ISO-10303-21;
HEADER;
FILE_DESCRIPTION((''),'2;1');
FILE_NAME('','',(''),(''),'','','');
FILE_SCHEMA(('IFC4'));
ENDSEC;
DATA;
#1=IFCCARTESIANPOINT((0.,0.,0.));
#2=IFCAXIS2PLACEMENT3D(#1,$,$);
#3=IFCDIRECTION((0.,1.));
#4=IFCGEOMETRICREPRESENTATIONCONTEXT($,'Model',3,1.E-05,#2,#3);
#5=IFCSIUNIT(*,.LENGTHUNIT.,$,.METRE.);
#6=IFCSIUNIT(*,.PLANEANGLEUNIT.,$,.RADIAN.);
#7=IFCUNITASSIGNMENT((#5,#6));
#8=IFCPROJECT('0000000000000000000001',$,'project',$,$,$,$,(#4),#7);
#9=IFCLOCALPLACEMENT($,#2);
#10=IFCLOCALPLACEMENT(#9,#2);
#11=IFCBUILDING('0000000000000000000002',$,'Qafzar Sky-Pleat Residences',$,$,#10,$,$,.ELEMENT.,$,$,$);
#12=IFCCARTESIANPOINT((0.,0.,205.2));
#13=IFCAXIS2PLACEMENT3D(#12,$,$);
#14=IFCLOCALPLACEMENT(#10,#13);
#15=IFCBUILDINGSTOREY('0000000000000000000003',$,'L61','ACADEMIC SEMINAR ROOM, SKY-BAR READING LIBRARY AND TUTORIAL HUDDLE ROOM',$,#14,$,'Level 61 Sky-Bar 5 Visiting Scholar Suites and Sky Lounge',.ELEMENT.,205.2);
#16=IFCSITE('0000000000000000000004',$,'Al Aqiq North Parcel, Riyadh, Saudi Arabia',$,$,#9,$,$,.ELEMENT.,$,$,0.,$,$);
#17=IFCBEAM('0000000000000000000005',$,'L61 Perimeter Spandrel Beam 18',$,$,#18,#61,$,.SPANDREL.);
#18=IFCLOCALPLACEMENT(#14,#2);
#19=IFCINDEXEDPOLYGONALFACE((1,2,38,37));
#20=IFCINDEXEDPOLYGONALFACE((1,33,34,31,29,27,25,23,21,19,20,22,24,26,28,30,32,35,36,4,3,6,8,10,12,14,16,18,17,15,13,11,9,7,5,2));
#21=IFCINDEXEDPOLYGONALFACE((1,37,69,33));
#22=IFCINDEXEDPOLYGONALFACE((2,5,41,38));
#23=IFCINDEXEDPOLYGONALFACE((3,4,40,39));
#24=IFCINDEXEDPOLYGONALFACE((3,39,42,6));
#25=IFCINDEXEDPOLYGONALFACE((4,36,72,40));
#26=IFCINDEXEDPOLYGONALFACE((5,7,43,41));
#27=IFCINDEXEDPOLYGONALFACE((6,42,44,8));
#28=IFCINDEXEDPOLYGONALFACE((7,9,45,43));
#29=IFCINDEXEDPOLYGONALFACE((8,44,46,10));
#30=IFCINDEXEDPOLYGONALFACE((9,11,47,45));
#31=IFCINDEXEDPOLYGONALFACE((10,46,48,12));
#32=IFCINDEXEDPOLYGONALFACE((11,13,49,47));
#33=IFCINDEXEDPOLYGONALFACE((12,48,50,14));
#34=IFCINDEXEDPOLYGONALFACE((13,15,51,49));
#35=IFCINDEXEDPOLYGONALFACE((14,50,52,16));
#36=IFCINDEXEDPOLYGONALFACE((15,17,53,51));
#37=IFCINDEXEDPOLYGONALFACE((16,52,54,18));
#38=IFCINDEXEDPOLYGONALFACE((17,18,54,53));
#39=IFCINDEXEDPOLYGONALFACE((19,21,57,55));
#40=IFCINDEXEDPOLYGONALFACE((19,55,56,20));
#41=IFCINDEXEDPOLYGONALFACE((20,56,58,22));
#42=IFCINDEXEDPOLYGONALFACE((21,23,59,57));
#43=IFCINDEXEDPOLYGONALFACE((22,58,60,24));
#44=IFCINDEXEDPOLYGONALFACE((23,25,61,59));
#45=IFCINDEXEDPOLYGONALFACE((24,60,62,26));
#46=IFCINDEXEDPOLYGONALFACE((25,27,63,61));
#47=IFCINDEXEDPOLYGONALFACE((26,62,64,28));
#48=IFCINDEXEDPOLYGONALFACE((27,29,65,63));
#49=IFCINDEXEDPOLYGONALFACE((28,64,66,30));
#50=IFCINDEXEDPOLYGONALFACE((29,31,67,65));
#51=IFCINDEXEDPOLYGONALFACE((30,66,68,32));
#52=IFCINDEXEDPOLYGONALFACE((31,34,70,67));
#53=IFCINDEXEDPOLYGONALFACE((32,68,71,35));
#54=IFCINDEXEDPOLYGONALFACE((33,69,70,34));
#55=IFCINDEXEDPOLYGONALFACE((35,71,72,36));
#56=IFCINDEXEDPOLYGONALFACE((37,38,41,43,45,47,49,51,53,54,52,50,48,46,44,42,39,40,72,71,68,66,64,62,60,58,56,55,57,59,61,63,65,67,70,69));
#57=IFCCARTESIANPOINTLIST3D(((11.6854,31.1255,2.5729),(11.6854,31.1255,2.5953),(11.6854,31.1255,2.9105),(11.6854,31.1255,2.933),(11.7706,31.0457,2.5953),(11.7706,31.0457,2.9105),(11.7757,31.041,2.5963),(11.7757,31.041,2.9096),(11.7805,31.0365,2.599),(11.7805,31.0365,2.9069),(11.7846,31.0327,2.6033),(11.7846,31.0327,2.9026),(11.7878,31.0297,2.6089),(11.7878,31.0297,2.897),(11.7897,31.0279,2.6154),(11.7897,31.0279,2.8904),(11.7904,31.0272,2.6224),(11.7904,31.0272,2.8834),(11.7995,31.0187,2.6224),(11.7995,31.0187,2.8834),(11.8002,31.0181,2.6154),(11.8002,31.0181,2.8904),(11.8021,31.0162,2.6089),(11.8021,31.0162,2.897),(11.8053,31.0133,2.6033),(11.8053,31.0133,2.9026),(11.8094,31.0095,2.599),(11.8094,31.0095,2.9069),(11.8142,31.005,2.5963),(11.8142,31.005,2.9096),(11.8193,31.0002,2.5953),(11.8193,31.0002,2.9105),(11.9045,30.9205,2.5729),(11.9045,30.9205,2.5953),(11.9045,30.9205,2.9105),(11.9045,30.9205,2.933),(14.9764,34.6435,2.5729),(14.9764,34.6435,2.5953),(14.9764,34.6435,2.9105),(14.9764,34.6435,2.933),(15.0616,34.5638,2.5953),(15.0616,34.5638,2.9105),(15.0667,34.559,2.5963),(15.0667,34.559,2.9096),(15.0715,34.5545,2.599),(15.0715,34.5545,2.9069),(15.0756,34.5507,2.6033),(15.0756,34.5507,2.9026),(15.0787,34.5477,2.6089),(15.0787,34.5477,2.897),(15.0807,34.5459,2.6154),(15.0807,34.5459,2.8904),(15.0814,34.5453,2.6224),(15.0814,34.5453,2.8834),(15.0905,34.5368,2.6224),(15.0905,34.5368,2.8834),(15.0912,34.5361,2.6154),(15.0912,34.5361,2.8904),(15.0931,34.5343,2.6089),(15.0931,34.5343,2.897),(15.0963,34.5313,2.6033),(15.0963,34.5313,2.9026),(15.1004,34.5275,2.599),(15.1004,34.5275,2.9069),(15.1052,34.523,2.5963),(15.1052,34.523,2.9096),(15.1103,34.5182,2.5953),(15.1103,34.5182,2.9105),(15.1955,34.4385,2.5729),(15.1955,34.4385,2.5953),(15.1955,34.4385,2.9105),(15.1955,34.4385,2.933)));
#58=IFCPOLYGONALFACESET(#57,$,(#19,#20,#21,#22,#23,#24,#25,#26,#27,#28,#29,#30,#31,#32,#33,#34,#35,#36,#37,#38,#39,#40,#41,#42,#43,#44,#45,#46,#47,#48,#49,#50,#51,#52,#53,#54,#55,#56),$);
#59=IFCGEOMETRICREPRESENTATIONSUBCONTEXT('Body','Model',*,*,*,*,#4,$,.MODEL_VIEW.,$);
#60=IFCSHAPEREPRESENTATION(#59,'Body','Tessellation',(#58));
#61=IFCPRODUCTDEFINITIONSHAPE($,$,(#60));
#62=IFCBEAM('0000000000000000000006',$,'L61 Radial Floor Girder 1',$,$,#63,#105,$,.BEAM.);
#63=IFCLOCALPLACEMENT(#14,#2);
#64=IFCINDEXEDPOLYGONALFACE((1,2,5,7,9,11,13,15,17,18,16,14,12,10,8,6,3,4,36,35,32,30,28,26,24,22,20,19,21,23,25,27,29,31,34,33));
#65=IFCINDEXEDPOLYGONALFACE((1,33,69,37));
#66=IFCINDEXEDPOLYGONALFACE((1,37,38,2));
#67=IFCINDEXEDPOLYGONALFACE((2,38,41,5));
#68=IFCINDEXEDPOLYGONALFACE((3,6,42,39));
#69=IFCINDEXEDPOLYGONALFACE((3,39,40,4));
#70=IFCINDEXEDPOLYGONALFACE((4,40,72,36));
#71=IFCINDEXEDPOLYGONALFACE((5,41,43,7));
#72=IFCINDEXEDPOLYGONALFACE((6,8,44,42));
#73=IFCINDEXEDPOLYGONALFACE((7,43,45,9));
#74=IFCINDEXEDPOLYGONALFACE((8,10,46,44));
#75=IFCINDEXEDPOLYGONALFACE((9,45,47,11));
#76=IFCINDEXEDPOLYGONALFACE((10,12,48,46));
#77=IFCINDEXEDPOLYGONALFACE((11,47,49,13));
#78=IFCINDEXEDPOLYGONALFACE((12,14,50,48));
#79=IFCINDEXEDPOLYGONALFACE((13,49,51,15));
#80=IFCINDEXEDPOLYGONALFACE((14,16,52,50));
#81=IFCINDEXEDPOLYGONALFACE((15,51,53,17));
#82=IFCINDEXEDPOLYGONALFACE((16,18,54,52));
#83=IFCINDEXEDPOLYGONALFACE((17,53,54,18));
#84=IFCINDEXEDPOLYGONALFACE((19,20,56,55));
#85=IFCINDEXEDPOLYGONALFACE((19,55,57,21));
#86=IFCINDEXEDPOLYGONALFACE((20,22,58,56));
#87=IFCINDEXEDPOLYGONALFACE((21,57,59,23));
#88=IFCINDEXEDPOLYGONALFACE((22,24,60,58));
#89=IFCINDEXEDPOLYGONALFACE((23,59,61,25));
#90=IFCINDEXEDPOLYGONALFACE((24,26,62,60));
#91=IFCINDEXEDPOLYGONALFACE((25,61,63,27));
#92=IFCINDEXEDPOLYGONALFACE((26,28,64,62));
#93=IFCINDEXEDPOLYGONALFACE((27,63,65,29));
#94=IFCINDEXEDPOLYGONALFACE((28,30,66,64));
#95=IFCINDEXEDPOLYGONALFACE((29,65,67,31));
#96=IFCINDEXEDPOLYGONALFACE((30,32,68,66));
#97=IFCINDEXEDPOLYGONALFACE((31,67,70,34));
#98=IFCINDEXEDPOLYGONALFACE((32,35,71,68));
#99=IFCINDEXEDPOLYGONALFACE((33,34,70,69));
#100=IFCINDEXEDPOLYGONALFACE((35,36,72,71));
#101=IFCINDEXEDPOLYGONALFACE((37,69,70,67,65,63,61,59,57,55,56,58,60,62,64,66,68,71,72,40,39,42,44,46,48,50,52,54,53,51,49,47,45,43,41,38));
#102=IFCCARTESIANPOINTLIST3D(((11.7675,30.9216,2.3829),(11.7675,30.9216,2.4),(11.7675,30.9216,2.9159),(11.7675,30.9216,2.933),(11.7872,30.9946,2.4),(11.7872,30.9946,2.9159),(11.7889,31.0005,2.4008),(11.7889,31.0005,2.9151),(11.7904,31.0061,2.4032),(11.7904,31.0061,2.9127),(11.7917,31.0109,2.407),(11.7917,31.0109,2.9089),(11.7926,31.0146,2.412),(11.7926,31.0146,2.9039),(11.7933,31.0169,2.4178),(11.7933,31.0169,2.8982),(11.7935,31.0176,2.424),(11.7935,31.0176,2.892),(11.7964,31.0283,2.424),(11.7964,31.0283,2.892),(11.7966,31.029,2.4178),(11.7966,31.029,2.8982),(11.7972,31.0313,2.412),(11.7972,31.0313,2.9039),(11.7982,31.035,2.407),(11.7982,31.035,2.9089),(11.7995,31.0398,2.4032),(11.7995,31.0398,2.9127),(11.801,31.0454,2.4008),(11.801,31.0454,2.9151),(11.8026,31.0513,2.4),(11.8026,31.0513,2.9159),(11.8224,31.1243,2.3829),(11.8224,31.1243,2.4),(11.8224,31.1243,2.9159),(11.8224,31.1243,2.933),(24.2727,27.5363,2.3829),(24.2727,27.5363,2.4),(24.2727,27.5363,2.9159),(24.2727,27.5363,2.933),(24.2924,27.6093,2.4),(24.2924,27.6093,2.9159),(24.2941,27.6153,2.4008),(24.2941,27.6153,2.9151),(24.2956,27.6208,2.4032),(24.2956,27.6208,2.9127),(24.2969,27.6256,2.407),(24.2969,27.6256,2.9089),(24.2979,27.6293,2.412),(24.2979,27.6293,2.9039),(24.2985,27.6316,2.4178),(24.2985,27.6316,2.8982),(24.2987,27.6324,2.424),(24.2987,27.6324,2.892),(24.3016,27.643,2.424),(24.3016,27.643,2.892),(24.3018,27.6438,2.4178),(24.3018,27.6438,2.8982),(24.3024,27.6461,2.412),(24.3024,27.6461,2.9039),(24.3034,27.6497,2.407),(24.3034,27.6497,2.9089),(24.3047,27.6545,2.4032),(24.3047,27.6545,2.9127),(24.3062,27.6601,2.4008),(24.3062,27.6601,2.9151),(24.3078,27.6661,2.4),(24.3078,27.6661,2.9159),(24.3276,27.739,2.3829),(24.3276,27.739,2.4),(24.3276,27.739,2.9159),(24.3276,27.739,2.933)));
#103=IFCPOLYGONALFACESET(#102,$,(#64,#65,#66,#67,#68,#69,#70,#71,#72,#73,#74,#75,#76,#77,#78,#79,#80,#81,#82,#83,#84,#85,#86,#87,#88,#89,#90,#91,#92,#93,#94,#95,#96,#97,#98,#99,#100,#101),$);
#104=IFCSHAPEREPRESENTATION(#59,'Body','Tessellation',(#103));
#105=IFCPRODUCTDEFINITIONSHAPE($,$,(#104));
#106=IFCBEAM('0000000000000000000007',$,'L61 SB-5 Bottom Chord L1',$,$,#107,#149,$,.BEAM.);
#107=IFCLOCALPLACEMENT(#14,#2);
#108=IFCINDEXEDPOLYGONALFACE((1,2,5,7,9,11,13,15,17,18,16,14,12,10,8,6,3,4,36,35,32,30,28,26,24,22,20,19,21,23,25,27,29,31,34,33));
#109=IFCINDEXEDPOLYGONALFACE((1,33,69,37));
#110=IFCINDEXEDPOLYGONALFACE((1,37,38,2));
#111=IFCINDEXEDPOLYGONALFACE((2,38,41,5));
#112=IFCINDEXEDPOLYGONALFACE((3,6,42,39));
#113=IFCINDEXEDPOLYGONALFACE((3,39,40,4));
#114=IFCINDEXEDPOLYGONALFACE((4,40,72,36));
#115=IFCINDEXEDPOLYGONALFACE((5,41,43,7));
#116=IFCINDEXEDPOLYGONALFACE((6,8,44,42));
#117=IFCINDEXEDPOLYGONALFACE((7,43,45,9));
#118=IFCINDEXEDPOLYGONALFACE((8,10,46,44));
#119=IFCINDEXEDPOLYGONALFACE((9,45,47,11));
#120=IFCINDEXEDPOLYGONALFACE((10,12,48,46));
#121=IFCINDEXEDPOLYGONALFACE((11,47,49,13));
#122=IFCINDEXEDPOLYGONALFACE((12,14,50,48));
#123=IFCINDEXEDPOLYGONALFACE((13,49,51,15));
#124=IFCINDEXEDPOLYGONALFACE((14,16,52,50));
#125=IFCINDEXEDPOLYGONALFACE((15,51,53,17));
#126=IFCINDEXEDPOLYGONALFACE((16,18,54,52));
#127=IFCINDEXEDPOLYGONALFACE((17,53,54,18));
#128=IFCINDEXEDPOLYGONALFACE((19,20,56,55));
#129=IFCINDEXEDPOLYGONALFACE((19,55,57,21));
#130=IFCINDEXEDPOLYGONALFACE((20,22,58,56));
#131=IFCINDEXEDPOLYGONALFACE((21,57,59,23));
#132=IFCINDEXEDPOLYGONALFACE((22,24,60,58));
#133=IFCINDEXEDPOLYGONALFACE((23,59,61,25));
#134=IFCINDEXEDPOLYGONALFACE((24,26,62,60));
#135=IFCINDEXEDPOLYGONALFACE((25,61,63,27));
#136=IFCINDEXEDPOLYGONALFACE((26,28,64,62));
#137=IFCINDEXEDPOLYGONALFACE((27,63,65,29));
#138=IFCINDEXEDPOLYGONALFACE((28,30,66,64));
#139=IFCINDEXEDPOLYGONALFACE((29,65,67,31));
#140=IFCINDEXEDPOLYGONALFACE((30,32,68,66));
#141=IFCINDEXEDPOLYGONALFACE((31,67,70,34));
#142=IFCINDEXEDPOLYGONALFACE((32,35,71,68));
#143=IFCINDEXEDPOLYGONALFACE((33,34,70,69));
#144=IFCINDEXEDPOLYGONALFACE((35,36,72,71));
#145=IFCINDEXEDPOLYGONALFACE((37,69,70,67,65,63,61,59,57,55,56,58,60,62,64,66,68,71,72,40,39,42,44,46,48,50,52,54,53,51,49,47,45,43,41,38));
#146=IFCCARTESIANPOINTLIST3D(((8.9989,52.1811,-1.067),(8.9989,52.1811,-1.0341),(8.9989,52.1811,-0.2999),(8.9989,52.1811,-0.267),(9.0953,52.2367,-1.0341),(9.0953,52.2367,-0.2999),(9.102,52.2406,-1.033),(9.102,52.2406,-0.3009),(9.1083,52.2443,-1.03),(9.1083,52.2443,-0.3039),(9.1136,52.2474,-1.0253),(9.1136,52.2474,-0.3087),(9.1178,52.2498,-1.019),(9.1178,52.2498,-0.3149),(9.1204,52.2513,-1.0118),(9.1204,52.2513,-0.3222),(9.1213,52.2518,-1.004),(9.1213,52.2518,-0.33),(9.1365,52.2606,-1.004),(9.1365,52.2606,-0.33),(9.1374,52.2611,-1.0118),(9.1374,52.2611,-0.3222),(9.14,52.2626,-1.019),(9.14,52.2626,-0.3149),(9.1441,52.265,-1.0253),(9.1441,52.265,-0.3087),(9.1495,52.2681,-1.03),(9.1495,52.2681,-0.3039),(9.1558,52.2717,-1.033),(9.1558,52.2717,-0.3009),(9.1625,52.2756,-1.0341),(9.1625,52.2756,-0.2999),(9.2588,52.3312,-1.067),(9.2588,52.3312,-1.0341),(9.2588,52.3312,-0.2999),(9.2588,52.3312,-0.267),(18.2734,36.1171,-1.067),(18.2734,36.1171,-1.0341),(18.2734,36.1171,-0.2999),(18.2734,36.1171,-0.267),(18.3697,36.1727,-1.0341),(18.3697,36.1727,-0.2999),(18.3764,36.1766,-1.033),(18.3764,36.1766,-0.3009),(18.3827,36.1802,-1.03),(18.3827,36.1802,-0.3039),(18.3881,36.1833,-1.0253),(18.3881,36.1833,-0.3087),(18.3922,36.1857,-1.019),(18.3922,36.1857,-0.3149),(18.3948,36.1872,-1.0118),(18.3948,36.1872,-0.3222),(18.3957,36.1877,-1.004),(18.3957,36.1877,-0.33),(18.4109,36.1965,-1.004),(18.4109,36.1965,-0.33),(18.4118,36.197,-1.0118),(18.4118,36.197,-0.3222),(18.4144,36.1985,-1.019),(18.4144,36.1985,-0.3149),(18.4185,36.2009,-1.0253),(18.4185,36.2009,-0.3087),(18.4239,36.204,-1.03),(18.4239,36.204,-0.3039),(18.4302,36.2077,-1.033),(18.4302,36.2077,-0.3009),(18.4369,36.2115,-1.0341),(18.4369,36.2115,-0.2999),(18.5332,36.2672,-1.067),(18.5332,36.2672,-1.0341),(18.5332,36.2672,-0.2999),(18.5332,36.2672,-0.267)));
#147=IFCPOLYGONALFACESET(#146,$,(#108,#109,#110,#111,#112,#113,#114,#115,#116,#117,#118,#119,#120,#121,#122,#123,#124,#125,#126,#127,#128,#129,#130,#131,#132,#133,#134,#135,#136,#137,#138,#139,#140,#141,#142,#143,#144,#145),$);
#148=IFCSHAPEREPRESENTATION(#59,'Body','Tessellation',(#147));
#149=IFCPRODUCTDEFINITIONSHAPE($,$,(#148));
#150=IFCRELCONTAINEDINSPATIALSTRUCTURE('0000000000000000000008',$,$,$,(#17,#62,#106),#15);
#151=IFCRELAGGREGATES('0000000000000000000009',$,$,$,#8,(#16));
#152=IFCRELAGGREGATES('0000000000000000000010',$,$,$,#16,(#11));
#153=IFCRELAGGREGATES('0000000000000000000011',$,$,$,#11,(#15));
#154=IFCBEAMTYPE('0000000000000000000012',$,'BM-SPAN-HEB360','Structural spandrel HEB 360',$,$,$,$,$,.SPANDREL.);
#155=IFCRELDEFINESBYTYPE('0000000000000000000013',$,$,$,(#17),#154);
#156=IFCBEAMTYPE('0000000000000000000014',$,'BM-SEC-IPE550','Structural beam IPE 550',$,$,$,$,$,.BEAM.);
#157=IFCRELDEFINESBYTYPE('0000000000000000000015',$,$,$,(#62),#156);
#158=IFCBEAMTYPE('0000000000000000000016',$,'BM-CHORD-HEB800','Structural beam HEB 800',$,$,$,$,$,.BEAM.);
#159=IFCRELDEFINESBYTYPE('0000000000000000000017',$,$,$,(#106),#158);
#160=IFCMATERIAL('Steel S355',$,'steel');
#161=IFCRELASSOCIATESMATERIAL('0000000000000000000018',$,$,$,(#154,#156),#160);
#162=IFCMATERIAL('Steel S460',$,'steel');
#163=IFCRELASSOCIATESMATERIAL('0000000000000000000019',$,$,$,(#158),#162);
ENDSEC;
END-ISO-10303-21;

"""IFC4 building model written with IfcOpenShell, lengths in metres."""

from ifc_helpers import new_model, si_unit, direction, frame, origin, origin_2d, place, context, subcontext, project, spatial, i_section, extrude, source, transform, mapped, material, material_profile, profile_set, type_object, element, save


model = new_model("IFC4")

# Units and contexts
model_context = context("Model", 3, precision=1e-05, world=origin(), true_north=direction((0.0, 1.0)))
body_context = subcontext(model_context, "Body", "Model", "MODEL_VIEW")
ifc_project = project(units=[si_unit("LENGTHUNIT", "METRE"), si_unit("PLANEANGLEUNIT", "RADIAN")], contexts=[model_context])

# Site, building, storey
site_placement = place(None, origin())
site = spatial("IfcSite", under=ifc_project, at=site_placement, Name="Al Aqiq North Parcel, Riyadh, Saudi Arabia", CompositionType="ELEMENT", RefElevation=0.0)
building_placement = place(site_placement, origin())
building = spatial("IfcBuilding", under=site, at=building_placement, Name="Qafzar Sky-Pleat Residences", CompositionType="ELEMENT")
storey_placement = place(building_placement, frame((0.0, 0.0, 205.2)))
storey = spatial("IfcBuildingStorey", under=building, at=storey_placement, Name="L61", Description="ACADEMIC SEMINAR ROOM, SKY-BAR READING LIBRARY AND TUTORIAL HUDDLE ROOM", LongName="Level 61 Sky-Bar 5 Visiting Scholar Suites and Sky Lounge", CompositionType="ELEMENT", Elevation=205.2)

# Shared definitions
ifc_material_1 = material(Name="Steel S355", Category="steel")

# Shared definitions
ifc_material_2 = material(Name="Steel S460", Category="steel")

# Beams
ifc_material_profile_1 = material_profile(ifc_material_1, i_section(OverallWidth=0.3, OverallDepth=0.3601, WebThickness=0.0125, FlangeThickness=0.0225, FilletRadius=0.0271, at=origin_2d()), Name="HEB 360")
ifc_profile_set_1 = profile_set([ifc_material_profile_1], Name="Steel S355")
beam_type_1 = type_object("IfcBeamType", Name="BM-SPAN-HEB360", Description="Structural spandrel HEB 360", PredefinedType="SPANDREL", material=ifc_profile_set_1)
shared_shape_1 = source(origin(), body_context, "Body", "SweptSolid", [
    extrude(i_section(OverallWidth=0.3, OverallDepth=0.3601, WebThickness=0.0125, FlangeThickness=0.0225, FilletRadius=0.0271, at=origin_2d()), origin(), (0.0, 0.0, 1.0), 4.8174),
])
beam_1_placement = place(storey_placement, frame((15.0859, 34.541, 2.7529), z_axis=(-0.683148, -0.73028, 0.0), x_axis=(0.73028, -0.683148, 0.0)))
element("IfcBeam", 1, at=beam_1_placement, inside=storey, type_object=beam_type_1, Name="L61 Perimeter Spandrel Beam 18", PredefinedType="SPANDREL", context=body_context, shape_type="MappedRepresentation", body=[
    mapped(shared_shape_1, transform((0.0, 0.0, 0.0), x_axis=(1.0, 0.0, 0.0), y_axis=(0.0, 1.0, 0.0), z_axis=(0.0, 0.0, 1.0), scale=1.0)),
])
ifc_material_profile_2 = material_profile(ifc_material_1, i_section(OverallWidth=0.21, OverallDepth=0.55, WebThickness=0.011, FlangeThickness=0.0171, FilletRadius=0.0239, at=origin_2d()), Name="IPE 550")
ifc_profile_set_2 = profile_set([ifc_material_profile_2], Name="Steel S355")
beam_type_2 = type_object("IfcBeamType", Name="BM-SEC-IPE550", Description="Structural beam IPE 550", PredefinedType="BEAM", material=ifc_profile_set_2)
shared_shape_2 = source(origin(), body_context, "Body", "SweptSolid", [
    extrude(i_section(OverallWidth=0.21, OverallDepth=0.55, WebThickness=0.011, FlangeThickness=0.0171, FilletRadius=0.0239, at=origin_2d()), origin(), (0.0, 0.0, 1.0), 12.9553),
])
beam_2_placement = place(storey_placement, frame((11.7949, 31.0229, 2.658), z_axis=(0.965257, -0.261304, 0.0), x_axis=(0.261304, 0.965257, 0.0)))
element("IfcBeam", 2, at=beam_2_placement, inside=storey, type_object=beam_type_2, Name="L61 Radial Floor Girder 1", PredefinedType="BEAM", context=body_context, shape_type="MappedRepresentation", body=[
    mapped(shared_shape_2, transform((0.0, 0.0, 0.0), x_axis=(1.0, 0.0, 0.0), y_axis=(0.0, 1.0, 0.0), z_axis=(0.0, 0.0, 1.0), scale=1.0)),
])
ifc_material_profile_3 = material_profile(ifc_material_2, i_section(OverallWidth=0.3, OverallDepth=0.8, WebThickness=0.0176, FlangeThickness=0.033, FilletRadius=0.03, at=origin_2d()), Name="HEB 800")
ifc_profile_set_3 = profile_set([ifc_material_profile_3], Name="Steel S460")
beam_type_3 = type_object("IfcBeamType", Name="BM-CHORD-HEB800", Description="Structural beam HEB 800", PredefinedType="BEAM", material=ifc_profile_set_3)
shared_shape_3 = source(origin(), body_context, "Body", "SweptSolid", [
    extrude(i_section(OverallWidth=0.3, OverallDepth=0.8, WebThickness=0.0176, FlangeThickness=0.033, FilletRadius=0.03, at=origin_2d()), origin(), (0.0, 0.0, 1.0), 18.5491),
])
beam_3_placement = place(storey_placement, frame((18.4033, 36.1921, -0.667), z_axis=(-0.499995, 0.866028, 0.0), x_axis=(-0.866028, -0.499995, 0.0)))
element("IfcBeam", 3, at=beam_3_placement, inside=storey, type_object=beam_type_3, Name="L61 SB-5 Bottom Chord L1", PredefinedType="BEAM", context=body_context, shape_type="MappedRepresentation", body=[
    mapped(shared_shape_3, transform((0.0, 0.0, 0.0), x_axis=(1.0, 0.0, 0.0), y_axis=(0.0, 1.0, 0.0), z_axis=(0.0, 0.0, 1.0), scale=1.0)),
])

save(model, "model.ifc")
